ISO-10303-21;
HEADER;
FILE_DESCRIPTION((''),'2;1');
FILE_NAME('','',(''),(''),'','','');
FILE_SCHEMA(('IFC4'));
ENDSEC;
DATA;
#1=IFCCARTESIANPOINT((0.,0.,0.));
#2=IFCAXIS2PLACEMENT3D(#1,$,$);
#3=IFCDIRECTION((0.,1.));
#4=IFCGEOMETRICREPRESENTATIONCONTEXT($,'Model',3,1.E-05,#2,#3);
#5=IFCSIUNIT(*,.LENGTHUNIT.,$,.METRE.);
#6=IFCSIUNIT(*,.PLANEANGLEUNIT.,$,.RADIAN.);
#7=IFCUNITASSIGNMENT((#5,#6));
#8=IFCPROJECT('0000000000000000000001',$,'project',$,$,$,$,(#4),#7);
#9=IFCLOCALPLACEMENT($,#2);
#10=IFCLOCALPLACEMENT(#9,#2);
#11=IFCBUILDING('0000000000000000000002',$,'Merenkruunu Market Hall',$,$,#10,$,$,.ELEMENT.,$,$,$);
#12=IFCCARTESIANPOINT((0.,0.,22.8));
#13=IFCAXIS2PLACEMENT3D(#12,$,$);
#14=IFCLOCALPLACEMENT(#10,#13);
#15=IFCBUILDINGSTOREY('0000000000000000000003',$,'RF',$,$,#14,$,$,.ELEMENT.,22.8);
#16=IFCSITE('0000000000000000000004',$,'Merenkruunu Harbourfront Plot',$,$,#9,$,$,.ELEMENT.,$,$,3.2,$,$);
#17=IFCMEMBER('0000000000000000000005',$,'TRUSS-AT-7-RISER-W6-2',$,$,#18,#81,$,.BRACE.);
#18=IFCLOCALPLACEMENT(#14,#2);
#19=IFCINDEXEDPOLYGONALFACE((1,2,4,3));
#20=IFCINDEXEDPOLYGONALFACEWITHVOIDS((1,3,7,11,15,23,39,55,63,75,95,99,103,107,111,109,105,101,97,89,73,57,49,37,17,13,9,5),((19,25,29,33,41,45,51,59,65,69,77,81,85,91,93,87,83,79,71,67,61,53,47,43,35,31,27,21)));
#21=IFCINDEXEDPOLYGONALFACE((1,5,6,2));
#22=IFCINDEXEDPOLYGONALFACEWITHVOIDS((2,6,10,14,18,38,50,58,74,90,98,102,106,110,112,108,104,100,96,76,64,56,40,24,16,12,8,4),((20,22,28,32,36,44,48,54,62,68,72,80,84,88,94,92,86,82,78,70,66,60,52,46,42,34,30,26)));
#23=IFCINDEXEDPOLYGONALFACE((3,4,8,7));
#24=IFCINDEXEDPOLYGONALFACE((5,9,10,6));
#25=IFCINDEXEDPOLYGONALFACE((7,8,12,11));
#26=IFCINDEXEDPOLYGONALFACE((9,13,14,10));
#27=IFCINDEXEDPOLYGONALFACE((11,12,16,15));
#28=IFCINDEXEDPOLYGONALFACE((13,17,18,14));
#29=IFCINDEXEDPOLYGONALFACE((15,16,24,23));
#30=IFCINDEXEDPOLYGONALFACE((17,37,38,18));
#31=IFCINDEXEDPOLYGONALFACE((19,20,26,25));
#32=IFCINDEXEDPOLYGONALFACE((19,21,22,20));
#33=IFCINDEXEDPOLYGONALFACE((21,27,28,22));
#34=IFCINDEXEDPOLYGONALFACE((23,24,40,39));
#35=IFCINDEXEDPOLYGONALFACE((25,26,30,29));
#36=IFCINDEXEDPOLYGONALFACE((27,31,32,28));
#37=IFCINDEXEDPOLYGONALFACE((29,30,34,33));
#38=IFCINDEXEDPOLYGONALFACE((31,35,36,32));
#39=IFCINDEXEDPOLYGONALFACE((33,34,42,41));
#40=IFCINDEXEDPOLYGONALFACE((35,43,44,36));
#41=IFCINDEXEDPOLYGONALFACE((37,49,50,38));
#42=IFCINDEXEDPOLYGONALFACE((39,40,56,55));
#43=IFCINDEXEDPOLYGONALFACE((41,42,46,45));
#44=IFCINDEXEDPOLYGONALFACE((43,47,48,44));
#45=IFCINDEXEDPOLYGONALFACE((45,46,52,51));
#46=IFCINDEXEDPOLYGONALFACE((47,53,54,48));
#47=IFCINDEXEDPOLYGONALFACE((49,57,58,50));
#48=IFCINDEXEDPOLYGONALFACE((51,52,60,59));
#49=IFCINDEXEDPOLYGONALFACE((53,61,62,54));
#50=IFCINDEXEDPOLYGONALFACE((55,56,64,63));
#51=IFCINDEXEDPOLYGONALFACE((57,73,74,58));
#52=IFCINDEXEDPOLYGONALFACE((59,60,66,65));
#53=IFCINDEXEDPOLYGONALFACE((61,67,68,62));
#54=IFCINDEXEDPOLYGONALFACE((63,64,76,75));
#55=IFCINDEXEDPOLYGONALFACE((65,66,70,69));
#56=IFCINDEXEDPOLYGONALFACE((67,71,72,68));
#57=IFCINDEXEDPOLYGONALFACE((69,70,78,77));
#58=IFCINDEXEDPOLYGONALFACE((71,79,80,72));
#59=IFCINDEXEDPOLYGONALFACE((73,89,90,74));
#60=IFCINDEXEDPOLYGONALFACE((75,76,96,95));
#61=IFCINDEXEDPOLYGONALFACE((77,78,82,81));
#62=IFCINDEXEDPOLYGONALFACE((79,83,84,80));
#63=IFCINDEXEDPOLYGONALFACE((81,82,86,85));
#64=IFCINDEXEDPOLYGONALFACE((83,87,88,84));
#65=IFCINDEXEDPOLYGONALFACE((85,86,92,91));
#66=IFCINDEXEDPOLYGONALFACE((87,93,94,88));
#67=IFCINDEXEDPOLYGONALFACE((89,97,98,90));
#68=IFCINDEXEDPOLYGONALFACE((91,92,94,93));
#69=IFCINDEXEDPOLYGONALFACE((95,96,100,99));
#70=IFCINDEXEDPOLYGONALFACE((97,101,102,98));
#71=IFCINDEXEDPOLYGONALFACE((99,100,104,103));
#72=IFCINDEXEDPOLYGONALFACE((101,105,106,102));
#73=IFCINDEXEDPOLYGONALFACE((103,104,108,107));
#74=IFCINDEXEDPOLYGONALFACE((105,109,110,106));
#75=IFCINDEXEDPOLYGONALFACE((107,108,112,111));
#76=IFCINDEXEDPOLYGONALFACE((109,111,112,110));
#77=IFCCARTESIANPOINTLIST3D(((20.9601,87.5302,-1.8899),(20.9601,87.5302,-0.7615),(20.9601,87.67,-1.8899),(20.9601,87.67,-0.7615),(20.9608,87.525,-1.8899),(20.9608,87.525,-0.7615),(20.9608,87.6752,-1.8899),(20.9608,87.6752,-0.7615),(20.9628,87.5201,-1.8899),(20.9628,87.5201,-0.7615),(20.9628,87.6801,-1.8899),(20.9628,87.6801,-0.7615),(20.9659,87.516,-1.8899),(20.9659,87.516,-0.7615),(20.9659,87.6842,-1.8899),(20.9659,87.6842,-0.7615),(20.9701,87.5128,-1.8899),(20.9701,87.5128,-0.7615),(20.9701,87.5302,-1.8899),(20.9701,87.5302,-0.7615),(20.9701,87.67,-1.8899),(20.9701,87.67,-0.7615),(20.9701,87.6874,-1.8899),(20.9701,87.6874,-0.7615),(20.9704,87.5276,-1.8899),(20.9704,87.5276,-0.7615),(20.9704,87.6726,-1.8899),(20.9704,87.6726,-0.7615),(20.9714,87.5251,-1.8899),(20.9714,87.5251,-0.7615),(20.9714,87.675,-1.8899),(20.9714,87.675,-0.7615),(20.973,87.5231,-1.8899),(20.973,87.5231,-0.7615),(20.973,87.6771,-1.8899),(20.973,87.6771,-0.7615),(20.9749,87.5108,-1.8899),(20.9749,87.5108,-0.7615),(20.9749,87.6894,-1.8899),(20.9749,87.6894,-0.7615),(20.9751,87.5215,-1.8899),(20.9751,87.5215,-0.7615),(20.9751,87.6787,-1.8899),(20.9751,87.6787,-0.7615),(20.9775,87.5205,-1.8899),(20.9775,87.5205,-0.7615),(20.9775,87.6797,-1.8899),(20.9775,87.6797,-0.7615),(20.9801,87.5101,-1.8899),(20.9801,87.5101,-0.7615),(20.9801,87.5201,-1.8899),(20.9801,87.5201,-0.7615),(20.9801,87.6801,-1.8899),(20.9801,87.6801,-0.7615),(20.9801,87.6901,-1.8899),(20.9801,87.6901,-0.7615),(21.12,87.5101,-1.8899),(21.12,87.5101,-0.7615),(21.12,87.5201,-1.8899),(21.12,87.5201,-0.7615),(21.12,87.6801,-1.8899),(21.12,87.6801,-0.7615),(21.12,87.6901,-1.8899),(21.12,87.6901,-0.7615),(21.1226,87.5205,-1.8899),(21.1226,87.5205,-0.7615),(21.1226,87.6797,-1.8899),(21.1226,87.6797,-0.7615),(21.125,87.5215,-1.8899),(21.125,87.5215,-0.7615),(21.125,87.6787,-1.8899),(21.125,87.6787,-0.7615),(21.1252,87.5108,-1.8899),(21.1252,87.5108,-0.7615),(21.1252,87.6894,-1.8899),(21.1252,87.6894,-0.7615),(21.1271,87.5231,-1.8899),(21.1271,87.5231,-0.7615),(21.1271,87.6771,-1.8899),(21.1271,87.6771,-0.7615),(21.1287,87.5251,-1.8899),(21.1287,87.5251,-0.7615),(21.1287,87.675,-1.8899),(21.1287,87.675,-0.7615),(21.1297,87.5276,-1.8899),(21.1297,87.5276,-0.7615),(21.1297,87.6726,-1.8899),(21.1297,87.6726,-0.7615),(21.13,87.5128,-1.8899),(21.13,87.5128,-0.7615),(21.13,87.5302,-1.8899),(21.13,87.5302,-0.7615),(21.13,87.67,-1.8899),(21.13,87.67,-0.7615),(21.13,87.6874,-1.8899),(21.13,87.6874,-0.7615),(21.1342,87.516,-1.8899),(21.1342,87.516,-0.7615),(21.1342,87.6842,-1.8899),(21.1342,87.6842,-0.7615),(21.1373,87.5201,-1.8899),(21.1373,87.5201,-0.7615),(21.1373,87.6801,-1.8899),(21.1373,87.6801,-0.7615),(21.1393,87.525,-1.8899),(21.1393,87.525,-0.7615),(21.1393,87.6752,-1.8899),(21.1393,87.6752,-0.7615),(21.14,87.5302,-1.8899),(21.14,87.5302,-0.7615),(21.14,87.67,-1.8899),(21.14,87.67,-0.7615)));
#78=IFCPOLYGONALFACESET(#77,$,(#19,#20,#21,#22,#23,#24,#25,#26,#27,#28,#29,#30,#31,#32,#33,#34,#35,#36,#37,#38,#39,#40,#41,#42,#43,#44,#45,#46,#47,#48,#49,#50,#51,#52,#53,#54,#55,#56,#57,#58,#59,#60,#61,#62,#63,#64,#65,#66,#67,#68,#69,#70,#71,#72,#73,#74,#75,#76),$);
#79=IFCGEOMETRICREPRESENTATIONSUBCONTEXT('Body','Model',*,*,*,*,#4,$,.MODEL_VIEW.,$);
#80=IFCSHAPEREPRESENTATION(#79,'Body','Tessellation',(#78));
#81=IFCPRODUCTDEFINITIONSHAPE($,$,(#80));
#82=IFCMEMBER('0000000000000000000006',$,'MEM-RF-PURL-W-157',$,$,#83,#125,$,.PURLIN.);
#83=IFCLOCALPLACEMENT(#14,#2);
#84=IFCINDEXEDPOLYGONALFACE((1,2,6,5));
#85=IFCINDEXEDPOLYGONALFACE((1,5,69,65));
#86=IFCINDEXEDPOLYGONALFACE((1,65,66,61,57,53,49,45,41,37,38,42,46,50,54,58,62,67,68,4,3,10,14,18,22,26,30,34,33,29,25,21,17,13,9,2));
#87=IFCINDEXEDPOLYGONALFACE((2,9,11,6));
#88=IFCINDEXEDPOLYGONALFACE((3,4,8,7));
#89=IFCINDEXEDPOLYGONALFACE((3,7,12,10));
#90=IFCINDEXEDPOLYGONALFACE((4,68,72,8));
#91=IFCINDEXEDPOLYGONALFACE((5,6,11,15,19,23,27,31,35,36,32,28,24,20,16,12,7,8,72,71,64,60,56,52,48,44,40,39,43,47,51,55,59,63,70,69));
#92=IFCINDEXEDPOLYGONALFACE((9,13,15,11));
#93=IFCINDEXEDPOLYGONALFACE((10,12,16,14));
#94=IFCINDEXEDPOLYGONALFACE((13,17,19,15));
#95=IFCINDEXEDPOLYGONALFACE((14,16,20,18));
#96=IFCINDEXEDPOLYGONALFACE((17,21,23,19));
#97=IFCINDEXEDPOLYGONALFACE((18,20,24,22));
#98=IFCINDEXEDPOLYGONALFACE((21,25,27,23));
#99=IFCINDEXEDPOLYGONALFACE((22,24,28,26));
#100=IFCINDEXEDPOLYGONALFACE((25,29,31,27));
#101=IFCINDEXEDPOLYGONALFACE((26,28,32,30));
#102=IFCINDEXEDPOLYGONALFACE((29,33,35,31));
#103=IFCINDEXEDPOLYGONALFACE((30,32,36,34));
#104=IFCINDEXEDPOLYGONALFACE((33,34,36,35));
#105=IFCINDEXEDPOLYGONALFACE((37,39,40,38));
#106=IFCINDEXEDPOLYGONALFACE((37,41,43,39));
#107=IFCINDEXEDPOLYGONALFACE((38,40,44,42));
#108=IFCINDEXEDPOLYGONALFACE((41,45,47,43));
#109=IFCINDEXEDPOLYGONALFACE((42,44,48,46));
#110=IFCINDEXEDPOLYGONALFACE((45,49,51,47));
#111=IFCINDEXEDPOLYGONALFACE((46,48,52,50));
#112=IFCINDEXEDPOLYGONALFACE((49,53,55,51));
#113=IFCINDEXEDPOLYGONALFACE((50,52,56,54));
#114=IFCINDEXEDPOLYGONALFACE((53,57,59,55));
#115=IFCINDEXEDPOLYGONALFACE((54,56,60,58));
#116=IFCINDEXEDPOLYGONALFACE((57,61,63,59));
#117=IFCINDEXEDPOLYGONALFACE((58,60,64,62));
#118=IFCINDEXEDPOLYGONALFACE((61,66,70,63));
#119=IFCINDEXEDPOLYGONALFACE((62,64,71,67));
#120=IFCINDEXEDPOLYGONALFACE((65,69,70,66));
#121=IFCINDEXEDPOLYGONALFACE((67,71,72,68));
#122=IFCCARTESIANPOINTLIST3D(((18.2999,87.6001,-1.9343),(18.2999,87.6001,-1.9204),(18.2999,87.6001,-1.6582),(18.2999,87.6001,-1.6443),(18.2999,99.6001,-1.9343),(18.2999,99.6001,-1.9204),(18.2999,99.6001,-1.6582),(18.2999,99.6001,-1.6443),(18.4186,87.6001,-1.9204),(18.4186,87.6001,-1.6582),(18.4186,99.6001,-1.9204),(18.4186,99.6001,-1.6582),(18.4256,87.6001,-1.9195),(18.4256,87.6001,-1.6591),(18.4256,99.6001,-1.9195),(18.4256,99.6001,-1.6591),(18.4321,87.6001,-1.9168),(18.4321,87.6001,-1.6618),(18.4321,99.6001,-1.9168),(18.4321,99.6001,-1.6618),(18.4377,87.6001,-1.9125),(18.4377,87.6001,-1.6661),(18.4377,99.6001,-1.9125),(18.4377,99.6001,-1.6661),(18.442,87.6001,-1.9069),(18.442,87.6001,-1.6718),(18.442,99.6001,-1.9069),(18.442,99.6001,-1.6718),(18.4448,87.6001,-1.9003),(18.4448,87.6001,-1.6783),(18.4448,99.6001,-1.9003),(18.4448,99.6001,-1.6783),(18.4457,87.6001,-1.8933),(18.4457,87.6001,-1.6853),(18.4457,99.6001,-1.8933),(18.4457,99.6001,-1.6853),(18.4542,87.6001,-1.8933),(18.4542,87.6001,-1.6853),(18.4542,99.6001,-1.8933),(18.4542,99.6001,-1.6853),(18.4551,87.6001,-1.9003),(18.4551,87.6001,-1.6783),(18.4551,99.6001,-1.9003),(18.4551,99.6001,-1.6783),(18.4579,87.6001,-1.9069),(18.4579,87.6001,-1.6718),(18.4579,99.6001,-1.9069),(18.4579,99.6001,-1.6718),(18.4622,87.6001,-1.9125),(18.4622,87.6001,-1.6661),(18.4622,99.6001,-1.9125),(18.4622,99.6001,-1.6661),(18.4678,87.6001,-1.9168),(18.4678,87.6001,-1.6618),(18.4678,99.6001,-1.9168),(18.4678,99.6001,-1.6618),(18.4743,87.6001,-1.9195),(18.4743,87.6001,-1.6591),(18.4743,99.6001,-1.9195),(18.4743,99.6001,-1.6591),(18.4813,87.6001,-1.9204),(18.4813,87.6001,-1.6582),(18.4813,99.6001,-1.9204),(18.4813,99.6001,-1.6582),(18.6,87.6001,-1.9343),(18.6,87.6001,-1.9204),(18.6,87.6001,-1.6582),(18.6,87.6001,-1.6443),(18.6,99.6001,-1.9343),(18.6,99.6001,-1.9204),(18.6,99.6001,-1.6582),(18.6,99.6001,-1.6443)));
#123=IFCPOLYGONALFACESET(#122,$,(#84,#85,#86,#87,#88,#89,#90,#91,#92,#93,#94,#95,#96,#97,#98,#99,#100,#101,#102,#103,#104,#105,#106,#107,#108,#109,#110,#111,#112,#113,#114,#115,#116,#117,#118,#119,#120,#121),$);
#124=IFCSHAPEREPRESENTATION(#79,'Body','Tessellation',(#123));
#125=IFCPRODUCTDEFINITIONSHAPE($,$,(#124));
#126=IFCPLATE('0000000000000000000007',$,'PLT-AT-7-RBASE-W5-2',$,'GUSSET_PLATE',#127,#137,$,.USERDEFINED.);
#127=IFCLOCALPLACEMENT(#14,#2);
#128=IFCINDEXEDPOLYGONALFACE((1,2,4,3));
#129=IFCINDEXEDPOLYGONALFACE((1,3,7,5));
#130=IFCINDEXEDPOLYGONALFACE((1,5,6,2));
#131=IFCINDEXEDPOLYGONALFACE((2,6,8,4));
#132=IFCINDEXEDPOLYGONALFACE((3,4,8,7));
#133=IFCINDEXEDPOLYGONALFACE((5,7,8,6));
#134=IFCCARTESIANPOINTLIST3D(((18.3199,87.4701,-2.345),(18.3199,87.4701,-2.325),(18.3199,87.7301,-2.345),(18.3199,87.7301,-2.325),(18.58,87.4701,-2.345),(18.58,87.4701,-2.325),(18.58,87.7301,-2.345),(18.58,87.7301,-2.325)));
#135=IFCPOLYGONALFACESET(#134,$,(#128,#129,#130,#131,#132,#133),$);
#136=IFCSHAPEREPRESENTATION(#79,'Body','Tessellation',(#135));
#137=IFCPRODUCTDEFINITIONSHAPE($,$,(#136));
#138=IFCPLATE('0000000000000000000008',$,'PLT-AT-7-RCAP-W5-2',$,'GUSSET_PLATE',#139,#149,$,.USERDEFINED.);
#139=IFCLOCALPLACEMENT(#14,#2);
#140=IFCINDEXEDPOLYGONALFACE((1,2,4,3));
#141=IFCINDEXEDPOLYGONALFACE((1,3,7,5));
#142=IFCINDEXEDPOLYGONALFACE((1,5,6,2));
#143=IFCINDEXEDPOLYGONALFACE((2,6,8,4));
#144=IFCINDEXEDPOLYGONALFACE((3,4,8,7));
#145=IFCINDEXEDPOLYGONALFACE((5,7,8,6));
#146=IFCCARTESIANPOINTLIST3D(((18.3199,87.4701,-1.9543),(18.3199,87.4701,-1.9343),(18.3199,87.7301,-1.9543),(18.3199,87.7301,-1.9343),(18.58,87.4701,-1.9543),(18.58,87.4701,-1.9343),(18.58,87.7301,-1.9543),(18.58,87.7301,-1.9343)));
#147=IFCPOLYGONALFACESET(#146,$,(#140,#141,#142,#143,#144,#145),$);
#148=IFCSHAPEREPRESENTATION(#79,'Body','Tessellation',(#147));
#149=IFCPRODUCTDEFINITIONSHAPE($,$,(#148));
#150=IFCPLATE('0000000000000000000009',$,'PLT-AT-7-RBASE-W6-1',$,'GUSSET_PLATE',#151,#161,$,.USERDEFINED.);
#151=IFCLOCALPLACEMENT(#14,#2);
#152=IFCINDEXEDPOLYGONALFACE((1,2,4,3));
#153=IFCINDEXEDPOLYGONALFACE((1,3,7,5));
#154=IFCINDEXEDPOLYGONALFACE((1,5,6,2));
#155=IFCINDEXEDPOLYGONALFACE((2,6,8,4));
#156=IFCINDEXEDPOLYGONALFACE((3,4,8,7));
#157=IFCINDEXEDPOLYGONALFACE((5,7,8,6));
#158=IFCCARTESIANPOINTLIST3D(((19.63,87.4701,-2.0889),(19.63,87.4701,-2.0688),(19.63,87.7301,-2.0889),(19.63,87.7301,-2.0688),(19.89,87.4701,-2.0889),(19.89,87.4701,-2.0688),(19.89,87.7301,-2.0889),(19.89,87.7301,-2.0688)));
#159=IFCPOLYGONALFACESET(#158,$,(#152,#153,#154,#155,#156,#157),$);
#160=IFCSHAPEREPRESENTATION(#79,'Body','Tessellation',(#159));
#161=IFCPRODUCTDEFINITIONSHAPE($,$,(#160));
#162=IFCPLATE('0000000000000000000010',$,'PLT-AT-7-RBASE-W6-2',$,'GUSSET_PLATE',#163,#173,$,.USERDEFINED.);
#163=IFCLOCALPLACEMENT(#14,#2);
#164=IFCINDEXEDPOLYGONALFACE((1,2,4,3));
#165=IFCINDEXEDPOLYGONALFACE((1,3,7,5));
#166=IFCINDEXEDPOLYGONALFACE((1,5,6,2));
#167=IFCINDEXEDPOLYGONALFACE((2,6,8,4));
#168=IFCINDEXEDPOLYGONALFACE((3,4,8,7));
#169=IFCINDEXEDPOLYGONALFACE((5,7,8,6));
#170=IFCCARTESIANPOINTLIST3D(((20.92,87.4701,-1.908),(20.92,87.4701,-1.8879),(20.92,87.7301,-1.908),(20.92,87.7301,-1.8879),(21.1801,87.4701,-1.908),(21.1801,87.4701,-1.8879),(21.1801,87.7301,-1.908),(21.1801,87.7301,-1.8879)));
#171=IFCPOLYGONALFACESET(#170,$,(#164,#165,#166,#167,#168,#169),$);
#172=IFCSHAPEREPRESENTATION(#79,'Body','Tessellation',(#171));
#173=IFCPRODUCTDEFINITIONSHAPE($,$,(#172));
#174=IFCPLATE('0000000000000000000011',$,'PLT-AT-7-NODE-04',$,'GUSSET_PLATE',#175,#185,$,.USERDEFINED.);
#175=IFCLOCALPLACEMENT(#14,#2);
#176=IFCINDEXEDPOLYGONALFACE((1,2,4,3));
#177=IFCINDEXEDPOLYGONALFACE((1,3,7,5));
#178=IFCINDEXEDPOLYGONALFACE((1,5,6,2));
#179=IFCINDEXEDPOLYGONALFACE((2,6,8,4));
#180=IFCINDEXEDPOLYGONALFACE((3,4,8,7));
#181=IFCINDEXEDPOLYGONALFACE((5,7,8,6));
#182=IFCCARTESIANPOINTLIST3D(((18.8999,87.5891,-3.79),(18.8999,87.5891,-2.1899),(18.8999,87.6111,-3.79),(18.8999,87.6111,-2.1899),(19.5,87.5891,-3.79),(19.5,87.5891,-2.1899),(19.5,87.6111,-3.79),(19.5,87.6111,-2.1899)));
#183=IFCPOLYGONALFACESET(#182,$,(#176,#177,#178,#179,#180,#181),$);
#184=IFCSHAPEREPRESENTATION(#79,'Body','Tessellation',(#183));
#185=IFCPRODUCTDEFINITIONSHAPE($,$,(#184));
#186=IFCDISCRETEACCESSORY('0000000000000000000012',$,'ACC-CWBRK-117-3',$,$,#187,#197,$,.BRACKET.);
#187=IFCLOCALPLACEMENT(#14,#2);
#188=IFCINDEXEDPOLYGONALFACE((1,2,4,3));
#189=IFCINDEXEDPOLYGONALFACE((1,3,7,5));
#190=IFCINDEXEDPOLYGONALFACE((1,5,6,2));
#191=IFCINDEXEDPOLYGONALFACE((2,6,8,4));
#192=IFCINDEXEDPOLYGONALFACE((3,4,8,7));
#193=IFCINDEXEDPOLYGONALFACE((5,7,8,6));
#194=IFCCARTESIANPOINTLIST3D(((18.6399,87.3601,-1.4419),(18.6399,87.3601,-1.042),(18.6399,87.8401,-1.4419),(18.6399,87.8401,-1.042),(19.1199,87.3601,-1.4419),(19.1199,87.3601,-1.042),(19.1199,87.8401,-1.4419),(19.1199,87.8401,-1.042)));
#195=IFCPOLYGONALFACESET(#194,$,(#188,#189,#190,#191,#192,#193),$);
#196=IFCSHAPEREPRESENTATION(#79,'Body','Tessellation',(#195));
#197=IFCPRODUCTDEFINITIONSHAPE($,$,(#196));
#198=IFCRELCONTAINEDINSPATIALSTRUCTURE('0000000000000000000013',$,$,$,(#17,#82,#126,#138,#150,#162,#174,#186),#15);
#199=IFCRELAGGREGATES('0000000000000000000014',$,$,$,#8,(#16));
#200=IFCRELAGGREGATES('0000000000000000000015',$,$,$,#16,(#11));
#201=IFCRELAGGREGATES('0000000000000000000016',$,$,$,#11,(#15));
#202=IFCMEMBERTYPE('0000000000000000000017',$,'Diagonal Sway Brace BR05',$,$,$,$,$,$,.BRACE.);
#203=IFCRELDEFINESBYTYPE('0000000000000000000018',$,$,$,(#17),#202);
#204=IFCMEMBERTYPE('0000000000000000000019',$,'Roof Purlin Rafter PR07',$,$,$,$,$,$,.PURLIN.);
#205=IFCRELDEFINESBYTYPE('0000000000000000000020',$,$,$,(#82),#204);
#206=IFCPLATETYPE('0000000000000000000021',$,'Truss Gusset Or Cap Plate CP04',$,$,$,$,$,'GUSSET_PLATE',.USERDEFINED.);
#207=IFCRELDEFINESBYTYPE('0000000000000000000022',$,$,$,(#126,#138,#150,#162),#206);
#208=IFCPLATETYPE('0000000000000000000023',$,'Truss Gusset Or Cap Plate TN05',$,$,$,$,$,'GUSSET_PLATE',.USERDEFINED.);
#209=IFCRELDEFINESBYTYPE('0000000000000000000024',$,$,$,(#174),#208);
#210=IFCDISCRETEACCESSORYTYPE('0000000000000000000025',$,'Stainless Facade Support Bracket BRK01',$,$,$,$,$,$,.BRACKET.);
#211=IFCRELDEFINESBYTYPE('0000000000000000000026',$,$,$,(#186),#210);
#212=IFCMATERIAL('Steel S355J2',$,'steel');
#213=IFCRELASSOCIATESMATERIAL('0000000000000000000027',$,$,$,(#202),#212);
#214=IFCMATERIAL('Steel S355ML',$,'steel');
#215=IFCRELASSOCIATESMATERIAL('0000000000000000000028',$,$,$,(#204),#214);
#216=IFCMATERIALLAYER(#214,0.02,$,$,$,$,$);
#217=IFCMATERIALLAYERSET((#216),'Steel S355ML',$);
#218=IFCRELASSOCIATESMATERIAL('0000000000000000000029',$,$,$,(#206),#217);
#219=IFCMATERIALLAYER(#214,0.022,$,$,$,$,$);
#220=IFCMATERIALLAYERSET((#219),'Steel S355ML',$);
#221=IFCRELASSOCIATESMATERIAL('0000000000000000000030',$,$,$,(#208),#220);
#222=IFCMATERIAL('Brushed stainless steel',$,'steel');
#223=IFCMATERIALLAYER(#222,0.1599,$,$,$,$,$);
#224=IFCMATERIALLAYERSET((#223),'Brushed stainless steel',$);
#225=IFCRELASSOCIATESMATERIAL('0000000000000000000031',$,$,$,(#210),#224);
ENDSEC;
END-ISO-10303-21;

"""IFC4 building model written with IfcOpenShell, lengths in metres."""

from ifc_helpers import new_model, si_unit, direction, frame, origin, origin_2d, place, context, subcontext, project, spatial, rectangle, hollow_rectangle, i_section, extrude, material, layer, layer_set, material_profile, profile_set, type_object, element, save


model = new_model("IFC4")

# Units and contexts
model_context = context("Model", 3, precision=1e-05, world=origin(), true_north=direction((0.0, 1.0)))
body_context = subcontext(model_context, "Body", "Model", "MODEL_VIEW")
ifc_project = project(units=[si_unit("LENGTHUNIT", "METRE"), si_unit("PLANEANGLEUNIT", "RADIAN")], contexts=[model_context])

# Site, building, storey
site_placement = place(None, origin())
site = spatial("IfcSite", under=ifc_project, at=site_placement, Name="Merenkruunu Harbourfront Plot", CompositionType="ELEMENT", RefElevation=3.2)
building_placement = place(site_placement, origin())
building = spatial("IfcBuilding", under=site, at=building_placement, Name="Merenkruunu Market Hall", CompositionType="ELEMENT")
storey_placement = place(building_placement, frame((0.0, 0.0, 22.8)))
storey = spatial("IfcBuildingStorey", under=building, at=storey_placement, Name="RF", CompositionType="ELEMENT", Elevation=22.8)

# Shared definitions
ifc_material_1 = material(Name="Steel S355ML", Category="steel")

# Members
ifc_material_2 = material(Name="Steel S355J2", Category="steel")
ifc_material_profile_1 = material_profile(ifc_material_2, hollow_rectangle(XDim=0.1799, YDim=0.1799, WallThickness=0.01, InnerFilletRadius=0.01, OuterFilletRadius=0.02, at=origin_2d()), Name="SHS 180x180x10")
ifc_profile_set_1 = profile_set([ifc_material_profile_1], Name="Steel S355J2")
member_type_1 = type_object("IfcMemberType", Name="Diagonal Sway Brace BR05", PredefinedType="BRACE", material=ifc_profile_set_1)
member_1_placement = place(storey_placement, frame((21.05, 87.6001, -1.8899), z_axis=(0.0, 0.0, 1.0), x_axis=(1.0, 0.0, 0.0)))
element("IfcMember", 1, at=member_1_placement, inside=storey, type_object=member_type_1, Name="TRUSS-AT-7-RISER-W6-2", PredefinedType="BRACE", context=body_context, shape_type="SweptSolid", body=[
    extrude(hollow_rectangle(XDim=0.1799, YDim=0.1799, WallThickness=0.01, InnerFilletRadius=0.01, OuterFilletRadius=0.02, at=origin_2d()), origin(), (0.0, 0.0, 1.0), 1.1284),
])
ifc_material_profile_2 = material_profile(ifc_material_1, i_section(OverallWidth=0.3, OverallDepth=0.29, WebThickness=0.0085, FlangeThickness=0.0139, FilletRadius=0.0271, at=origin_2d()), Name="HEA 300")
ifc_profile_set_2 = profile_set([ifc_material_profile_2], Name="Steel S355ML")
member_type_2 = type_object("IfcMemberType", Name="Roof Purlin Rafter PR07", PredefinedType="PURLIN", material=ifc_profile_set_2)
member_2_placement = place(storey_placement, frame((18.45, 87.6001, -1.7893), z_axis=(0.0, 1.0, 0.0), x_axis=(-1.0, 0.0, 0.0)))
element("IfcMember", 2, at=member_2_placement, inside=storey, type_object=member_type_2, Name="MEM-RF-PURL-W-157", PredefinedType="PURLIN", context=body_context, shape_type="SweptSolid", body=[
    extrude(i_section(OverallWidth=0.3, OverallDepth=0.29, WebThickness=0.0085, FlangeThickness=0.0139, FilletRadius=0.0271, at=origin_2d()), origin(), (0.0, 0.0, 1.0), 12.0),
])

# Plates
ifc_layer_1 = layer(ifc_material_1, 0.02)
ifc_layer_set_1 = layer_set([ifc_layer_1], Name="Steel S355ML")
plate_type_1 = type_object("IfcPlateType", Name="Truss Gusset Or Cap Plate CP04", ElementType="GUSSET_PLATE", PredefinedType="USERDEFINED", material=ifc_layer_set_1)
for number, where, z_axis, x_axis, name in (
    (3, (18.45, 87.6001, -2.345), (0.0, 0.0, 1.0), (1.0, 0.0, 0.0), "PLT-AT-7-RBASE-W5-2"),
    (4, (18.45, 87.6001, -1.9543), (0.0, 0.0, 1.0), (1.0, 0.0, 0.0), "PLT-AT-7-RCAP-W5-2"),
    (5, (19.76, 87.6001, -2.0889), (0.0, 0.0, 1.0), (1.0, 0.0, 0.0), "PLT-AT-7-RBASE-W6-1"),
    (6, (21.05, 87.6001, -1.908), (0.0, 0.0, 1.0), (1.0, 0.0, 0.0), "PLT-AT-7-RBASE-W6-2"),
):
    element("IfcPlate", number, at=place(storey_placement, frame(where, z_axis=z_axis, x_axis=x_axis)), inside=storey, type_object=plate_type_1, Name=name, ObjectType="GUSSET_PLATE", PredefinedType="USERDEFINED", context=body_context, shape_type="SweptSolid", body=[
        extrude(rectangle(XDim=0.26, YDim=0.26, at=origin_2d()), origin(), (0.0, 0.0, 1.0), 0.02),
    ])
ifc_layer_2 = layer(ifc_material_1, 0.022)
ifc_layer_set_2 = layer_set([ifc_layer_2], Name="Steel S355ML")
plate_type_2 = type_object("IfcPlateType", Name="Truss Gusset Or Cap Plate TN05", ElementType="GUSSET_PLATE", PredefinedType="USERDEFINED", material=ifc_layer_set_2)
plate_placement = place(storey_placement, frame((19.2, 87.6001, -3.79), z_axis=(0.0, 0.0, 1.0), x_axis=(1.0, 0.0, 0.0)))
element("IfcPlate", 7, at=plate_placement, inside=storey, type_object=plate_type_2, Name="PLT-AT-7-NODE-04", ObjectType="GUSSET_PLATE", PredefinedType="USERDEFINED", context=body_context, shape_type="SweptSolid", body=[
    extrude(rectangle(XDim=0.6001, YDim=0.022, at=origin_2d()), origin(), (0.0, 0.0, 1.0), 1.6001),
])

# Discrete accessory
ifc_material_3 = material(Name="Brushed stainless steel", Category="steel")
ifc_layer_3 = layer(ifc_material_3, 0.1599)
ifc_layer_set_3 = layer_set([ifc_layer_3], Name="Brushed stainless steel")
discrete_accessory_type = type_object("IfcDiscreteAccessoryType", Name="Stainless Facade Support Bracket BRK01", PredefinedType="BRACKET", material=ifc_layer_set_3)
discrete_accessory_placement = place(storey_placement, frame((18.8799, 87.6001, -1.4419), z_axis=(0.0, 0.0, 1.0), x_axis=(1.0, 0.0, 0.0)))
element("IfcDiscreteAccessory", 8, at=discrete_accessory_placement, inside=storey, type_object=discrete_accessory_type, Name="ACC-CWBRK-117-3", PredefinedType="BRACKET", context=body_context, shape_type="SweptSolid", body=[
    extrude(rectangle(XDim=0.48, YDim=0.48, at=origin_2d()), origin(), (0.0, 0.0, 1.0), 0.3999),
])

save(model, "model.ifc")
